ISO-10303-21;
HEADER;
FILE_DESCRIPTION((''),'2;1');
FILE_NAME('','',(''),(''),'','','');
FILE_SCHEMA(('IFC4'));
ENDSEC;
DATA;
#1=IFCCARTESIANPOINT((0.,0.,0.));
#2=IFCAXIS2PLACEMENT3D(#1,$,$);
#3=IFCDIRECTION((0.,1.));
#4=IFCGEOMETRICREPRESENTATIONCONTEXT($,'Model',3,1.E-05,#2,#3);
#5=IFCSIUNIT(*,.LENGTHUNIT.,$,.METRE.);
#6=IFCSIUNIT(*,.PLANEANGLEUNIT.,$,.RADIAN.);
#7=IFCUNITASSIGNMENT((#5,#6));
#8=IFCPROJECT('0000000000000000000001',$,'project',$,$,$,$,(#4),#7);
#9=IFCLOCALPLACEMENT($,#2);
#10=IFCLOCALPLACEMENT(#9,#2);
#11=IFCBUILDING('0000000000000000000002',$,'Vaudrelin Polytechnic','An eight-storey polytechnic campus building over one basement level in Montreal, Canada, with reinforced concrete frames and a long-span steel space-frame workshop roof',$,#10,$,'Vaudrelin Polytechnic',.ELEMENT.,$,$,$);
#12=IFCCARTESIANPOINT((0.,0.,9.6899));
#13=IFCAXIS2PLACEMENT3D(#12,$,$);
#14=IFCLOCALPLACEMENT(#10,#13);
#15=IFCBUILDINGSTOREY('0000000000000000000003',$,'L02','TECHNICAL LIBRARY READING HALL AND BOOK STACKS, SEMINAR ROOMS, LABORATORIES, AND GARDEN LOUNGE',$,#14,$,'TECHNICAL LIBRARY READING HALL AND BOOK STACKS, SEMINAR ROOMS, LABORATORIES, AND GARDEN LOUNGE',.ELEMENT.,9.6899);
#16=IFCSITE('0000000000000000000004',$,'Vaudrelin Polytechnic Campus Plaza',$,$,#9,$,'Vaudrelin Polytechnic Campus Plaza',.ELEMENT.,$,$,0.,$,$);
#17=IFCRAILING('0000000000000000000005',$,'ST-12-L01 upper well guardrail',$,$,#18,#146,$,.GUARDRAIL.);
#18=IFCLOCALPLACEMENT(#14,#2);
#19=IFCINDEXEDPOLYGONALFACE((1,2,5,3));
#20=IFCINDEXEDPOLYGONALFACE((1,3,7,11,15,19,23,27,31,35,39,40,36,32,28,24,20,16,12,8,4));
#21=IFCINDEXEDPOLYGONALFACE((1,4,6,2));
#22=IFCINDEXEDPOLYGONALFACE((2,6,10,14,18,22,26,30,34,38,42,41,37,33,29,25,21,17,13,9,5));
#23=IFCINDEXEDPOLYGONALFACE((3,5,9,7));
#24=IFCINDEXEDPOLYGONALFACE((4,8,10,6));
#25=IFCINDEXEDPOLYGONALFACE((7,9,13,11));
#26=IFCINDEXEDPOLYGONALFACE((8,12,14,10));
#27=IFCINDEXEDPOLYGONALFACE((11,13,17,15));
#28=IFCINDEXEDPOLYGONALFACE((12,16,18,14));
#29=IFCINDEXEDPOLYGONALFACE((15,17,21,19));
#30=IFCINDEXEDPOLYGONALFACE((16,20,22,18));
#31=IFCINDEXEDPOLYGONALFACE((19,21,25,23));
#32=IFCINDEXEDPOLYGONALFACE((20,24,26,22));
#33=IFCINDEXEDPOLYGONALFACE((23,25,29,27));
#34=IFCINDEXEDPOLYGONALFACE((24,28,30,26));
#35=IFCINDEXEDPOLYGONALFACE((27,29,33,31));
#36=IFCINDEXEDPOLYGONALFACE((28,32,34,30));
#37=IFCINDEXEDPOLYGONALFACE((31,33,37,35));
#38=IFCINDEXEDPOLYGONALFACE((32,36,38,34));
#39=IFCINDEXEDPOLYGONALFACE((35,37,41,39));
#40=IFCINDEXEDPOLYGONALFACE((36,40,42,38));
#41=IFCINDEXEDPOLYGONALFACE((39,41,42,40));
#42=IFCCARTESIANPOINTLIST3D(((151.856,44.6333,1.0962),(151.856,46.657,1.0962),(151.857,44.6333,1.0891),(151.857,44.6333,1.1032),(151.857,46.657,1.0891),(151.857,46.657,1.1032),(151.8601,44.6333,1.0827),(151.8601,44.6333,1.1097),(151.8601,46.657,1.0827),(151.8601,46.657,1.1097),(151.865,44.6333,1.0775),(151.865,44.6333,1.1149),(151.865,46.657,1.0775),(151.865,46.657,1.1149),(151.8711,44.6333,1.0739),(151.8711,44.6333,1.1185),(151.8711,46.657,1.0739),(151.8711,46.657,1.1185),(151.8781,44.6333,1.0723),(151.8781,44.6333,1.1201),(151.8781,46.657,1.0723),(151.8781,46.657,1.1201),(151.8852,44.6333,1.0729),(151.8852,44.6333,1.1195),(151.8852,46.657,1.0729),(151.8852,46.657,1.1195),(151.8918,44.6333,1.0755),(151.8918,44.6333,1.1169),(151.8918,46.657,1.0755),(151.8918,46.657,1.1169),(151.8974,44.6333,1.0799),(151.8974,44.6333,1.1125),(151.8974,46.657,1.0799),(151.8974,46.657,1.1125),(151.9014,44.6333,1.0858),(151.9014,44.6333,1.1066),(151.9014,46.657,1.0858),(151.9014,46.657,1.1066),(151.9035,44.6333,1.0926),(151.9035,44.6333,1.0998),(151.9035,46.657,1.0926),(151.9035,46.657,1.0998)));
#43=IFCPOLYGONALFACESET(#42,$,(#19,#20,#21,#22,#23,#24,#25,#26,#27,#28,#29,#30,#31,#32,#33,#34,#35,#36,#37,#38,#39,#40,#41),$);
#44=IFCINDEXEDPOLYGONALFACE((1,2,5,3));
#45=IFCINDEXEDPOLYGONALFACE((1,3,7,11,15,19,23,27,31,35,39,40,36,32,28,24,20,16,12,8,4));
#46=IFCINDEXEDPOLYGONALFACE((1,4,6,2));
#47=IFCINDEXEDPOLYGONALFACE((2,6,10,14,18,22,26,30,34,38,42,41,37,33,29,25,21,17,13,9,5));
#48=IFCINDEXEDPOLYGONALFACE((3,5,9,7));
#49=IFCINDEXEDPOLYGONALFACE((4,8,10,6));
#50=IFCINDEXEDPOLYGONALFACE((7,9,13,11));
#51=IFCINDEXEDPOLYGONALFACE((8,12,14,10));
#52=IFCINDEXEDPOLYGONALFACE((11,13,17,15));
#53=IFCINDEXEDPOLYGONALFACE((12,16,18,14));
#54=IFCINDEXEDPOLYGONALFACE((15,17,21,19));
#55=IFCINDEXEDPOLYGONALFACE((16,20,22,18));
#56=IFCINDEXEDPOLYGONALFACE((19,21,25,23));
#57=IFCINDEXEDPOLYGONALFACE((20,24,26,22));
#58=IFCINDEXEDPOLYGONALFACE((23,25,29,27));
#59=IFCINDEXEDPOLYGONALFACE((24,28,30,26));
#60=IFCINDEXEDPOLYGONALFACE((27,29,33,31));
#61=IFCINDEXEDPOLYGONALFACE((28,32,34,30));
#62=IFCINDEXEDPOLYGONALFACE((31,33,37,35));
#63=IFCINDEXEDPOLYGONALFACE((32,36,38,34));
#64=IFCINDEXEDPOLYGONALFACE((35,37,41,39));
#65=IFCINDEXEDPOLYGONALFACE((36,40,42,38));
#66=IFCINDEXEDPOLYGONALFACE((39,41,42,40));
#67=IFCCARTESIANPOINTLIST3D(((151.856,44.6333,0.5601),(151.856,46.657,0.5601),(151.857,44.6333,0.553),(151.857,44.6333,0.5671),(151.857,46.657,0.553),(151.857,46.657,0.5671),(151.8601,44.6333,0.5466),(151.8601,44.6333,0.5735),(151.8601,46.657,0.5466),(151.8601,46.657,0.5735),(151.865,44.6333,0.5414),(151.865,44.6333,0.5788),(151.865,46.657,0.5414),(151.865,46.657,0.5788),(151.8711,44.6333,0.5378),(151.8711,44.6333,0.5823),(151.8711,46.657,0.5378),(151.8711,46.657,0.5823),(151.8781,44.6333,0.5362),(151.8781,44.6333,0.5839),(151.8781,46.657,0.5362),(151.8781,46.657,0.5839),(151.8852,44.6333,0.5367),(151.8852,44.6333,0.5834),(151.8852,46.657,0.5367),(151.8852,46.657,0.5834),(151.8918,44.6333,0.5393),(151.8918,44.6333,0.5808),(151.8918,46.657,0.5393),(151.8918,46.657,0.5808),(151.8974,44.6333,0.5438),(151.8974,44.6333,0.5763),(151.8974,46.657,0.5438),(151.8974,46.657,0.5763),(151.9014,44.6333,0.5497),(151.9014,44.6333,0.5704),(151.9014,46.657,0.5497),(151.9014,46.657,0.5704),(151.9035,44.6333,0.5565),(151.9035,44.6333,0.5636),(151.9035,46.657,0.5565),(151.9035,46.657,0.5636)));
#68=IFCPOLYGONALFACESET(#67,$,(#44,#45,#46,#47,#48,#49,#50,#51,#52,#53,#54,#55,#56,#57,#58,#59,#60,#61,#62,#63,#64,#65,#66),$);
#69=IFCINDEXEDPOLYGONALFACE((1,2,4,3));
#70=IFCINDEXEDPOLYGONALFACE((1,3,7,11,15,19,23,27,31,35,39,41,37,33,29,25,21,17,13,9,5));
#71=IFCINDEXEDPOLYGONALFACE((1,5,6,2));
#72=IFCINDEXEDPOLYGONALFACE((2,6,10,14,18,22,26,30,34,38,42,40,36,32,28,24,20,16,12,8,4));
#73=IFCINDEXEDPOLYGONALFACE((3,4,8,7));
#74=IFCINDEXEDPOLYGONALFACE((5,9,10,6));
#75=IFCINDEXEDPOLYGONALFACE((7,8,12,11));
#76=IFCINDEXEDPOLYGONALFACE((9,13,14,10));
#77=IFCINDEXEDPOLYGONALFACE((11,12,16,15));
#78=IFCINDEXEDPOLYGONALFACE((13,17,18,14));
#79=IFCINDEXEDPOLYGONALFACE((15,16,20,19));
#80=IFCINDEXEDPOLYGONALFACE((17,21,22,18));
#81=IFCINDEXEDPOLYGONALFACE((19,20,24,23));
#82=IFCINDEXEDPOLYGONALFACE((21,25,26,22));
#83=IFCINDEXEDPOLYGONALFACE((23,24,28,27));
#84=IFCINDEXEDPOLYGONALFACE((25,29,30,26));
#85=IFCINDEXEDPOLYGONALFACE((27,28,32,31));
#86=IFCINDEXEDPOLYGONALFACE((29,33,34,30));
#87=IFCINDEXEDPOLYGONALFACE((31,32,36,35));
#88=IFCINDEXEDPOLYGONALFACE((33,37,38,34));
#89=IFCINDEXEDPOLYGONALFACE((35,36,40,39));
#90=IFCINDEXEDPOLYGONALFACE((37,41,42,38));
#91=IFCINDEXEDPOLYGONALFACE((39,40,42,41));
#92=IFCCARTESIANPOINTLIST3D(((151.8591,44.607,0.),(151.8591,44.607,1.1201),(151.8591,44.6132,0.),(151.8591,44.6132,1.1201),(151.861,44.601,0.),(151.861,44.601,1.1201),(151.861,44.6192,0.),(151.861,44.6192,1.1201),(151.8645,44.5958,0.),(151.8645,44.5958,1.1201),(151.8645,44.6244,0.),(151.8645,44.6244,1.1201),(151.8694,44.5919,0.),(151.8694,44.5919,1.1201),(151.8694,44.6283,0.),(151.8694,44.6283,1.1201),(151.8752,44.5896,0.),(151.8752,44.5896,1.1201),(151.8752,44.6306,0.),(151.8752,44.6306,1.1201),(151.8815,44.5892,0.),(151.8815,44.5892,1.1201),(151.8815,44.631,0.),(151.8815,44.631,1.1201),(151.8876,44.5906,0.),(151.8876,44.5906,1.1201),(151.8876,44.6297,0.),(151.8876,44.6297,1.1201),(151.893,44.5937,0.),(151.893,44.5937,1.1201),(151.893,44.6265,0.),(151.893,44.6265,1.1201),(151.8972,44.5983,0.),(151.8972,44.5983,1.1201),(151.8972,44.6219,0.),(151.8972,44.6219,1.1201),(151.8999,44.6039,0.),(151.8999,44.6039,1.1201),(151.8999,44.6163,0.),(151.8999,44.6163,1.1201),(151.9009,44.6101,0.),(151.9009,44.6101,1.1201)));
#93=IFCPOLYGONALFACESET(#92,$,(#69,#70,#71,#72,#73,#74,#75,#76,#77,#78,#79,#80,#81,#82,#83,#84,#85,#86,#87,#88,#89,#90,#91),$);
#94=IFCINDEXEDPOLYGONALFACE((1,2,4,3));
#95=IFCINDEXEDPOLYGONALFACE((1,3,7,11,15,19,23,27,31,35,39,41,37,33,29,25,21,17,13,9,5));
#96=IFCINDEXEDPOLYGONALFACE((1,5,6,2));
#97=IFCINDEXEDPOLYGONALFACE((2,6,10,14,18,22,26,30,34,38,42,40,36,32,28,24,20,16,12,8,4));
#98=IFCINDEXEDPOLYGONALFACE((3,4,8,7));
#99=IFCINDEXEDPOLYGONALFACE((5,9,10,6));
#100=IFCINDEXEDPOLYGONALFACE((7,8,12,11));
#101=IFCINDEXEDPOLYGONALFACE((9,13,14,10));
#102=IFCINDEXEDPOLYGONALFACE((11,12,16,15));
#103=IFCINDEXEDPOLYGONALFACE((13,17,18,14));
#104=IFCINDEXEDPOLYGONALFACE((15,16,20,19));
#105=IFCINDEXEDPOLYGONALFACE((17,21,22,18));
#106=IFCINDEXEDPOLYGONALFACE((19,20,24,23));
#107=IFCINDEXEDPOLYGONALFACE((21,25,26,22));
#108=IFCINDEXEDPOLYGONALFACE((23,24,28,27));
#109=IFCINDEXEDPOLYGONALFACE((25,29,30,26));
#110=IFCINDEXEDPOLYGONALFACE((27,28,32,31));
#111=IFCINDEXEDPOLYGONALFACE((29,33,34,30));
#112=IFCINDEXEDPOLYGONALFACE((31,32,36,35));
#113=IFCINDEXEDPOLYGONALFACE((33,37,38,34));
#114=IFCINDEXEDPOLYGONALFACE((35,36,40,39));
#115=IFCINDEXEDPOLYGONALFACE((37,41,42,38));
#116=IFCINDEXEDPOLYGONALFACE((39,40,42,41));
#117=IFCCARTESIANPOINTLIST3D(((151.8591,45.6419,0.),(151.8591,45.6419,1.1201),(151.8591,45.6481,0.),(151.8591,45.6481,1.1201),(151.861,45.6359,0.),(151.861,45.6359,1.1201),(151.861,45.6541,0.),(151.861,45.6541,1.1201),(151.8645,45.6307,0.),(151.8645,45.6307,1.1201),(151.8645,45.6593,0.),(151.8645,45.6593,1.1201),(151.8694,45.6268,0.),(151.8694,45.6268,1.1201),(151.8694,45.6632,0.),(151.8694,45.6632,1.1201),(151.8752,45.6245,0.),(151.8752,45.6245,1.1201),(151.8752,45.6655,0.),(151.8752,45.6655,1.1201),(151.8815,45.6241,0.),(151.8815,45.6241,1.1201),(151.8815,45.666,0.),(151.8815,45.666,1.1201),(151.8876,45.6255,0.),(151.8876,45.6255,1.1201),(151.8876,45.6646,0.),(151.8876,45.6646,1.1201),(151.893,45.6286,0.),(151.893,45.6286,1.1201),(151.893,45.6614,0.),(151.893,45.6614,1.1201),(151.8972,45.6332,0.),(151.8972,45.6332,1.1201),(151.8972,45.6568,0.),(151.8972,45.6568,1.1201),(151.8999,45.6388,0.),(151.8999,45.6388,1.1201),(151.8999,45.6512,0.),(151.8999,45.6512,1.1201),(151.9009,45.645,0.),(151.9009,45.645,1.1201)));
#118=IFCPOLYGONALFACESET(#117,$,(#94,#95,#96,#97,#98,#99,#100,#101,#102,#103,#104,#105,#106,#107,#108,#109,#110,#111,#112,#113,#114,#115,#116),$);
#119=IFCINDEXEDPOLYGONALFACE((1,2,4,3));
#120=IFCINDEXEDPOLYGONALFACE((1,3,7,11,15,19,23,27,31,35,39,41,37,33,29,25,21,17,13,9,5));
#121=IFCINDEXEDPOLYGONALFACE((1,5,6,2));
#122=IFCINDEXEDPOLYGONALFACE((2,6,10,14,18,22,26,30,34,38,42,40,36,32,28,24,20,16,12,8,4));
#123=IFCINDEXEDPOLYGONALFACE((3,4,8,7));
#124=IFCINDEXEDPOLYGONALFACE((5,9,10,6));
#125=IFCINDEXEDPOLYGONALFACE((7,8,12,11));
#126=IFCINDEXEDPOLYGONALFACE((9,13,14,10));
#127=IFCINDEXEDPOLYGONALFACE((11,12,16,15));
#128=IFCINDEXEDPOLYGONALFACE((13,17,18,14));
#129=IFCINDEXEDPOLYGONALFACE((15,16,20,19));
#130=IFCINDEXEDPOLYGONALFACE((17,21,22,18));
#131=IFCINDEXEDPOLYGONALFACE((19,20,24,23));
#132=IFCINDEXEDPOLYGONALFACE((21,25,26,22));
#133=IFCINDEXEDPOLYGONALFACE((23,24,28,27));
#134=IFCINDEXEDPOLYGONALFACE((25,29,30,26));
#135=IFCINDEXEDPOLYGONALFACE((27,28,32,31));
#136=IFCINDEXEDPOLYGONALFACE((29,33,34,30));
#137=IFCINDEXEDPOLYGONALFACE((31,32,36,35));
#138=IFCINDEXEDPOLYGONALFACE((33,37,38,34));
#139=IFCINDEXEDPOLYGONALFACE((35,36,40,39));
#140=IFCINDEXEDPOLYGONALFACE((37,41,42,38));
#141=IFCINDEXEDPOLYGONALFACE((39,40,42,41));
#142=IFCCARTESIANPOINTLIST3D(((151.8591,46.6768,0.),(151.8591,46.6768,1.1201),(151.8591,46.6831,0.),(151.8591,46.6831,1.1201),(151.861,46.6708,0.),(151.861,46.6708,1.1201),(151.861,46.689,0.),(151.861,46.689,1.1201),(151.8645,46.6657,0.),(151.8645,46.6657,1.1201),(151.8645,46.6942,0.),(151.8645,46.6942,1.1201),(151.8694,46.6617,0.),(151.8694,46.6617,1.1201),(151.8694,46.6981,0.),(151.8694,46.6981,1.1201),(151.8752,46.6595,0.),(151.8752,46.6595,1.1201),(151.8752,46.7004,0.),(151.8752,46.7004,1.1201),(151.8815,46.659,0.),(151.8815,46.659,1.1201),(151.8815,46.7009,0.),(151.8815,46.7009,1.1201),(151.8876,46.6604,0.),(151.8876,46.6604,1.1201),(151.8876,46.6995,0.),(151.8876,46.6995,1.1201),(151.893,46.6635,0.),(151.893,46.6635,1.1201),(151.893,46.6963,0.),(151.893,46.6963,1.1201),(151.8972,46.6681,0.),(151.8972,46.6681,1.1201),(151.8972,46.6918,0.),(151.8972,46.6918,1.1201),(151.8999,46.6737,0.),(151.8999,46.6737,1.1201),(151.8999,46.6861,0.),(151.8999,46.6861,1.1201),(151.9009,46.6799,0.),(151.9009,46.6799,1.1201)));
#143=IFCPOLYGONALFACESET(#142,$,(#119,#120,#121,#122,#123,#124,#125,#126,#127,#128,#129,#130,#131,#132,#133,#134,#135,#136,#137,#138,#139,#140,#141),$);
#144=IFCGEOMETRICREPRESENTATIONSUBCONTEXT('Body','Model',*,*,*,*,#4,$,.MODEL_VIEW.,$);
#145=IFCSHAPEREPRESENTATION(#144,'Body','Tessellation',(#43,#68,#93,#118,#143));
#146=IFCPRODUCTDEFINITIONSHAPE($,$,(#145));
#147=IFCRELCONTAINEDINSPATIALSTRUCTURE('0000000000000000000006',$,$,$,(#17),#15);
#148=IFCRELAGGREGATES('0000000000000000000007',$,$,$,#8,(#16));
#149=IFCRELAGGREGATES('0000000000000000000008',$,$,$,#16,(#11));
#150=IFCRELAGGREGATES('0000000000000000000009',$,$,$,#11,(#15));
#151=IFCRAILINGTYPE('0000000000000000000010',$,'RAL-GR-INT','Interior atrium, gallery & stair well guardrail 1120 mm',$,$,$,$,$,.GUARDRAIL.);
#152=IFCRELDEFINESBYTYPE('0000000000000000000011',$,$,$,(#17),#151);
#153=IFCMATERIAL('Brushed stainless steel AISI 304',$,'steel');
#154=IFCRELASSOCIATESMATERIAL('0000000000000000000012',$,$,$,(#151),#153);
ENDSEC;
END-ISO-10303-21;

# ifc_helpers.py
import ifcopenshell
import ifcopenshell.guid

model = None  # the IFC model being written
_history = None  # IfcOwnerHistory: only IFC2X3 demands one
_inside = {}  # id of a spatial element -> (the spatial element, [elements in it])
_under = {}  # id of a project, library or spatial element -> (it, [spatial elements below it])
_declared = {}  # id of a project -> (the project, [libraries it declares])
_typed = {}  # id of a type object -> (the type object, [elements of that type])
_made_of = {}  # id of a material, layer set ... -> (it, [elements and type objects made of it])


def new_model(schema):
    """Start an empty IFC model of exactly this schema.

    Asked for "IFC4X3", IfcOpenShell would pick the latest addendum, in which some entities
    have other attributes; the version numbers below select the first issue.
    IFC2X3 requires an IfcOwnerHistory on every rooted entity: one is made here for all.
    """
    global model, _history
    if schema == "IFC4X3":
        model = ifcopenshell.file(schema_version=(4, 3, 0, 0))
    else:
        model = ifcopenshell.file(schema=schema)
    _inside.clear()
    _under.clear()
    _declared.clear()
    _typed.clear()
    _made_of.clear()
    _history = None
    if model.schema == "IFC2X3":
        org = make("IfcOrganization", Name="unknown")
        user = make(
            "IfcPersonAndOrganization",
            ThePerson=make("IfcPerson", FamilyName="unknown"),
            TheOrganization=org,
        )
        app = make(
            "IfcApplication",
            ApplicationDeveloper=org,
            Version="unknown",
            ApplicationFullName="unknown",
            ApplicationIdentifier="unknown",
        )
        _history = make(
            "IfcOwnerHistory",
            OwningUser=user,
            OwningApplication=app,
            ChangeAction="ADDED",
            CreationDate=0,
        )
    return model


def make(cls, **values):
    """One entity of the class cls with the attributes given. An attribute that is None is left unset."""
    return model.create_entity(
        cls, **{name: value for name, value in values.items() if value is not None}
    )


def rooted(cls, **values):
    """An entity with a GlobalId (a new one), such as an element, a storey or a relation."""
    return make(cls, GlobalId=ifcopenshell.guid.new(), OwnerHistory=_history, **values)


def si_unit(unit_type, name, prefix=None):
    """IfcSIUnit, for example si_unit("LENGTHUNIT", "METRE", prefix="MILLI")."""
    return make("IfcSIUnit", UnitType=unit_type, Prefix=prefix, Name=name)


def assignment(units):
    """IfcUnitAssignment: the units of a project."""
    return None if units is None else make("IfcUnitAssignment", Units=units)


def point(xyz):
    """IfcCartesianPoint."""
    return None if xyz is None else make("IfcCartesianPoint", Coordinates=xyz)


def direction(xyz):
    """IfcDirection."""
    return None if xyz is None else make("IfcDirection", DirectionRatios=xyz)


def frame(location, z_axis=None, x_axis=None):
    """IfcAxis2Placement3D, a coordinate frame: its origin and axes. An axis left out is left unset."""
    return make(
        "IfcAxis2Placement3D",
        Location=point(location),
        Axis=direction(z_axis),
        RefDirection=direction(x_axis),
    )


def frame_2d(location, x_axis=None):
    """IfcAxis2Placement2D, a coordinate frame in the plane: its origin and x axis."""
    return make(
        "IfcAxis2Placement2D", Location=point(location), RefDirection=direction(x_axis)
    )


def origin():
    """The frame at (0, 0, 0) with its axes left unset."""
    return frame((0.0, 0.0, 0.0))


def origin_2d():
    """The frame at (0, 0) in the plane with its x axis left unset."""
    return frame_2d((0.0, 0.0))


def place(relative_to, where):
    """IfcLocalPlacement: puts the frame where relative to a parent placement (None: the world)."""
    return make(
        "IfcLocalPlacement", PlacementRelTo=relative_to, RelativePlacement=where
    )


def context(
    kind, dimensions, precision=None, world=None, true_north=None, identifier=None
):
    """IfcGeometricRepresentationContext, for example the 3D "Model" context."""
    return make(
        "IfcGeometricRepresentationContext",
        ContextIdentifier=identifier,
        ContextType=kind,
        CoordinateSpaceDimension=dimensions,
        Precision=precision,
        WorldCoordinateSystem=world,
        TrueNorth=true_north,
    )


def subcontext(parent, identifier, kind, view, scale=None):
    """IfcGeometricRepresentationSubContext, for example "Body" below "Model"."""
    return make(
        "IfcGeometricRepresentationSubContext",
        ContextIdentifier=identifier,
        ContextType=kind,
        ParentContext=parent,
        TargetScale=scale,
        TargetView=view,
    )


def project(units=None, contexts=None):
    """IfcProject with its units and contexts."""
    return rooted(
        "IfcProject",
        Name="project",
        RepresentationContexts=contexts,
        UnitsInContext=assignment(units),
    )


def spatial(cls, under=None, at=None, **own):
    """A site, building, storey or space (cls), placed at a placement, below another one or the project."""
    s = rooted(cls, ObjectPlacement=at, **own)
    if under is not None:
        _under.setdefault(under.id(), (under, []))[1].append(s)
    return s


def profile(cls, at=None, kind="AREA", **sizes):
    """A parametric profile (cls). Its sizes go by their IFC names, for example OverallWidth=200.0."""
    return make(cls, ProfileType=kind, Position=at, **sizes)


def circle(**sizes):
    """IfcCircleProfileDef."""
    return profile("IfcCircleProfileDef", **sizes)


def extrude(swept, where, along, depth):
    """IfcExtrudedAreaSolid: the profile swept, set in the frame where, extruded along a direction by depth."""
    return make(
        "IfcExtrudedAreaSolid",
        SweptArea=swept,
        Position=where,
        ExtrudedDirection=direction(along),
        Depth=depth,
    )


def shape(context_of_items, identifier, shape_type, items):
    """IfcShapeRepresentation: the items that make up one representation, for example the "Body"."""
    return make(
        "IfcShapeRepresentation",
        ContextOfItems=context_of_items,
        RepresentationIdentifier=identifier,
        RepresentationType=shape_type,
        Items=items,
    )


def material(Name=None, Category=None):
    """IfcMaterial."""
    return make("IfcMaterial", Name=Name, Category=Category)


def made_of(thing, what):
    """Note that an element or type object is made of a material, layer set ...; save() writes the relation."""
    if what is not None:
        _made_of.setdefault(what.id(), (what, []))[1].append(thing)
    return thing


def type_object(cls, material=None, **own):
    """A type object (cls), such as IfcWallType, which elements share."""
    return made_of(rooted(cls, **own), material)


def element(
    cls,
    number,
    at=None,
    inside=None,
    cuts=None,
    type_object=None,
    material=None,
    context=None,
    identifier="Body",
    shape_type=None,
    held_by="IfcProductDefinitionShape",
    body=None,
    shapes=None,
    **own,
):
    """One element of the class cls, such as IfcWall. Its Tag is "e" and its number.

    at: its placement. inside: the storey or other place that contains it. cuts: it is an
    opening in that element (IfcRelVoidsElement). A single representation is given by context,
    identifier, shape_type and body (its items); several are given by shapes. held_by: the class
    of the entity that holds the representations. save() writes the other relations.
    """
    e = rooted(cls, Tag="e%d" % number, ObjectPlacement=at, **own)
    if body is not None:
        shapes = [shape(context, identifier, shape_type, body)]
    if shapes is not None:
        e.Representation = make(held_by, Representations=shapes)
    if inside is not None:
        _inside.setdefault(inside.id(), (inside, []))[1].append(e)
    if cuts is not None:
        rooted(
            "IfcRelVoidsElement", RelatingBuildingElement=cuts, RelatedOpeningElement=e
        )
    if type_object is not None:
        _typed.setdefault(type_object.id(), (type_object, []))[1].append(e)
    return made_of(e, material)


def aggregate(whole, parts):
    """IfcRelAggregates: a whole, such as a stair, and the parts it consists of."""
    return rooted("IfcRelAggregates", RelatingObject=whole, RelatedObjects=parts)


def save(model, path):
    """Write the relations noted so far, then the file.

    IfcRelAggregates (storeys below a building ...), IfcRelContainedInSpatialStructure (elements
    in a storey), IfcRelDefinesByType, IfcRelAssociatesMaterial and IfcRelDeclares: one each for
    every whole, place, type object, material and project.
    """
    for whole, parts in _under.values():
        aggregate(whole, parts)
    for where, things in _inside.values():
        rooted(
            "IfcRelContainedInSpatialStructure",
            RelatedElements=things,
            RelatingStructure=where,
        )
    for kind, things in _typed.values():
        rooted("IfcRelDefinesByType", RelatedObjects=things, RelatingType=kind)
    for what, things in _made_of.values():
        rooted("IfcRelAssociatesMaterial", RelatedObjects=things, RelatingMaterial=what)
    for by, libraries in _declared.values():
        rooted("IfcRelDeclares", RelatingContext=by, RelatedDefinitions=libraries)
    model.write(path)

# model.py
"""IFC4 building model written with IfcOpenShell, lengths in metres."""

from ifc_helpers import new_model, si_unit, direction, frame, origin, origin_2d, place, context, subcontext, project, spatial, circle, extrude, material, type_object, element, save


model = new_model("IFC4")

# Units and contexts
model_context = context("Model", 3, precision=1e-05, world=origin(), true_north=direction((0.0, 1.0)))
body_context = subcontext(model_context, "Body", "Model", "MODEL_VIEW")
ifc_project = project(units=[si_unit("LENGTHUNIT", "METRE"), si_unit("PLANEANGLEUNIT", "RADIAN")], contexts=[model_context])

# Site, building, storey
site_placement = place(None, origin())
site = spatial("IfcSite", under=ifc_project, at=site_placement, Name="Vaudrelin Polytechnic Campus Plaza", LongName="Vaudrelin Polytechnic Campus Plaza", CompositionType="ELEMENT", RefElevation=0.0)
building_placement = place(site_placement, origin())
building = spatial("IfcBuilding", under=site, at=building_placement, Name="Vaudrelin Polytechnic", Description="An eight-storey polytechnic campus building over one basement level in Montreal, Canada, with reinforced concrete frames and a long-span steel space-frame workshop roof", LongName="Vaudrelin Polytechnic", CompositionType="ELEMENT")
storey_placement = place(building_placement, frame((0.0, 0.0, 9.6899)))
storey = spatial("IfcBuildingStorey", under=building, at=storey_placement, Name="L02", Description="TECHNICAL LIBRARY READING HALL AND BOOK STACKS, SEMINAR ROOMS, LABORATORIES, AND GARDEN LOUNGE", LongName="TECHNICAL LIBRARY READING HALL AND BOOK STACKS, SEMINAR ROOMS, LABORATORIES, AND GARDEN LOUNGE", CompositionType="ELEMENT", Elevation=9.6899)

# Railing
ifc_material_1 = material(Name="Brushed stainless steel AISI 304", Category="steel")
railing_type_1 = type_object("IfcRailingType", Name="RAL-GR-INT", Description="Interior atrium, gallery & stair well guardrail 1120 mm", PredefinedType="GUARDRAIL", material=ifc_material_1)
railing_1_placement = place(storey_placement, frame((151.8799, 44.6101, 0.0)))
element("IfcRailing", 1, at=railing_1_placement, inside=storey, type_object=railing_type_1, Name="ST-12-L01 upper well guardrail", PredefinedType="GUARDRAIL", context=body_context, shape_type="SweptSolid", body=[
    extrude(circle(Radius=0.0239, at=origin_2d()), frame((0.0, 0.0232, 1.0962), z_axis=(0.0, 1.0, 0.0), x_axis=(-1.0, 0.0, 0.0)), (0.0, 0.0, 1.0), 2.0237),
    extrude(circle(Radius=0.0239, at=origin_2d()), frame((0.0, 0.0232, 0.5601), z_axis=(0.0, 1.0, 0.0), x_axis=(-1.0, 0.0, 0.0)), (0.0, 0.0, 1.0), 2.0237),
    extrude(circle(Radius=0.021, at=origin_2d()), origin(), (0.0, 0.0, 1.0), 1.1201),
    extrude(circle(Radius=0.021, at=origin_2d()), frame((0.0, 1.0349, 0.0)), (0.0, 0.0, 1.0), 1.1201),
    extrude(circle(Radius=0.021, at=origin_2d()), frame((0.0, 2.0698, 0.0)), (0.0, 0.0, 1.0), 1.1201),
])

save(model, "model.ifc")
